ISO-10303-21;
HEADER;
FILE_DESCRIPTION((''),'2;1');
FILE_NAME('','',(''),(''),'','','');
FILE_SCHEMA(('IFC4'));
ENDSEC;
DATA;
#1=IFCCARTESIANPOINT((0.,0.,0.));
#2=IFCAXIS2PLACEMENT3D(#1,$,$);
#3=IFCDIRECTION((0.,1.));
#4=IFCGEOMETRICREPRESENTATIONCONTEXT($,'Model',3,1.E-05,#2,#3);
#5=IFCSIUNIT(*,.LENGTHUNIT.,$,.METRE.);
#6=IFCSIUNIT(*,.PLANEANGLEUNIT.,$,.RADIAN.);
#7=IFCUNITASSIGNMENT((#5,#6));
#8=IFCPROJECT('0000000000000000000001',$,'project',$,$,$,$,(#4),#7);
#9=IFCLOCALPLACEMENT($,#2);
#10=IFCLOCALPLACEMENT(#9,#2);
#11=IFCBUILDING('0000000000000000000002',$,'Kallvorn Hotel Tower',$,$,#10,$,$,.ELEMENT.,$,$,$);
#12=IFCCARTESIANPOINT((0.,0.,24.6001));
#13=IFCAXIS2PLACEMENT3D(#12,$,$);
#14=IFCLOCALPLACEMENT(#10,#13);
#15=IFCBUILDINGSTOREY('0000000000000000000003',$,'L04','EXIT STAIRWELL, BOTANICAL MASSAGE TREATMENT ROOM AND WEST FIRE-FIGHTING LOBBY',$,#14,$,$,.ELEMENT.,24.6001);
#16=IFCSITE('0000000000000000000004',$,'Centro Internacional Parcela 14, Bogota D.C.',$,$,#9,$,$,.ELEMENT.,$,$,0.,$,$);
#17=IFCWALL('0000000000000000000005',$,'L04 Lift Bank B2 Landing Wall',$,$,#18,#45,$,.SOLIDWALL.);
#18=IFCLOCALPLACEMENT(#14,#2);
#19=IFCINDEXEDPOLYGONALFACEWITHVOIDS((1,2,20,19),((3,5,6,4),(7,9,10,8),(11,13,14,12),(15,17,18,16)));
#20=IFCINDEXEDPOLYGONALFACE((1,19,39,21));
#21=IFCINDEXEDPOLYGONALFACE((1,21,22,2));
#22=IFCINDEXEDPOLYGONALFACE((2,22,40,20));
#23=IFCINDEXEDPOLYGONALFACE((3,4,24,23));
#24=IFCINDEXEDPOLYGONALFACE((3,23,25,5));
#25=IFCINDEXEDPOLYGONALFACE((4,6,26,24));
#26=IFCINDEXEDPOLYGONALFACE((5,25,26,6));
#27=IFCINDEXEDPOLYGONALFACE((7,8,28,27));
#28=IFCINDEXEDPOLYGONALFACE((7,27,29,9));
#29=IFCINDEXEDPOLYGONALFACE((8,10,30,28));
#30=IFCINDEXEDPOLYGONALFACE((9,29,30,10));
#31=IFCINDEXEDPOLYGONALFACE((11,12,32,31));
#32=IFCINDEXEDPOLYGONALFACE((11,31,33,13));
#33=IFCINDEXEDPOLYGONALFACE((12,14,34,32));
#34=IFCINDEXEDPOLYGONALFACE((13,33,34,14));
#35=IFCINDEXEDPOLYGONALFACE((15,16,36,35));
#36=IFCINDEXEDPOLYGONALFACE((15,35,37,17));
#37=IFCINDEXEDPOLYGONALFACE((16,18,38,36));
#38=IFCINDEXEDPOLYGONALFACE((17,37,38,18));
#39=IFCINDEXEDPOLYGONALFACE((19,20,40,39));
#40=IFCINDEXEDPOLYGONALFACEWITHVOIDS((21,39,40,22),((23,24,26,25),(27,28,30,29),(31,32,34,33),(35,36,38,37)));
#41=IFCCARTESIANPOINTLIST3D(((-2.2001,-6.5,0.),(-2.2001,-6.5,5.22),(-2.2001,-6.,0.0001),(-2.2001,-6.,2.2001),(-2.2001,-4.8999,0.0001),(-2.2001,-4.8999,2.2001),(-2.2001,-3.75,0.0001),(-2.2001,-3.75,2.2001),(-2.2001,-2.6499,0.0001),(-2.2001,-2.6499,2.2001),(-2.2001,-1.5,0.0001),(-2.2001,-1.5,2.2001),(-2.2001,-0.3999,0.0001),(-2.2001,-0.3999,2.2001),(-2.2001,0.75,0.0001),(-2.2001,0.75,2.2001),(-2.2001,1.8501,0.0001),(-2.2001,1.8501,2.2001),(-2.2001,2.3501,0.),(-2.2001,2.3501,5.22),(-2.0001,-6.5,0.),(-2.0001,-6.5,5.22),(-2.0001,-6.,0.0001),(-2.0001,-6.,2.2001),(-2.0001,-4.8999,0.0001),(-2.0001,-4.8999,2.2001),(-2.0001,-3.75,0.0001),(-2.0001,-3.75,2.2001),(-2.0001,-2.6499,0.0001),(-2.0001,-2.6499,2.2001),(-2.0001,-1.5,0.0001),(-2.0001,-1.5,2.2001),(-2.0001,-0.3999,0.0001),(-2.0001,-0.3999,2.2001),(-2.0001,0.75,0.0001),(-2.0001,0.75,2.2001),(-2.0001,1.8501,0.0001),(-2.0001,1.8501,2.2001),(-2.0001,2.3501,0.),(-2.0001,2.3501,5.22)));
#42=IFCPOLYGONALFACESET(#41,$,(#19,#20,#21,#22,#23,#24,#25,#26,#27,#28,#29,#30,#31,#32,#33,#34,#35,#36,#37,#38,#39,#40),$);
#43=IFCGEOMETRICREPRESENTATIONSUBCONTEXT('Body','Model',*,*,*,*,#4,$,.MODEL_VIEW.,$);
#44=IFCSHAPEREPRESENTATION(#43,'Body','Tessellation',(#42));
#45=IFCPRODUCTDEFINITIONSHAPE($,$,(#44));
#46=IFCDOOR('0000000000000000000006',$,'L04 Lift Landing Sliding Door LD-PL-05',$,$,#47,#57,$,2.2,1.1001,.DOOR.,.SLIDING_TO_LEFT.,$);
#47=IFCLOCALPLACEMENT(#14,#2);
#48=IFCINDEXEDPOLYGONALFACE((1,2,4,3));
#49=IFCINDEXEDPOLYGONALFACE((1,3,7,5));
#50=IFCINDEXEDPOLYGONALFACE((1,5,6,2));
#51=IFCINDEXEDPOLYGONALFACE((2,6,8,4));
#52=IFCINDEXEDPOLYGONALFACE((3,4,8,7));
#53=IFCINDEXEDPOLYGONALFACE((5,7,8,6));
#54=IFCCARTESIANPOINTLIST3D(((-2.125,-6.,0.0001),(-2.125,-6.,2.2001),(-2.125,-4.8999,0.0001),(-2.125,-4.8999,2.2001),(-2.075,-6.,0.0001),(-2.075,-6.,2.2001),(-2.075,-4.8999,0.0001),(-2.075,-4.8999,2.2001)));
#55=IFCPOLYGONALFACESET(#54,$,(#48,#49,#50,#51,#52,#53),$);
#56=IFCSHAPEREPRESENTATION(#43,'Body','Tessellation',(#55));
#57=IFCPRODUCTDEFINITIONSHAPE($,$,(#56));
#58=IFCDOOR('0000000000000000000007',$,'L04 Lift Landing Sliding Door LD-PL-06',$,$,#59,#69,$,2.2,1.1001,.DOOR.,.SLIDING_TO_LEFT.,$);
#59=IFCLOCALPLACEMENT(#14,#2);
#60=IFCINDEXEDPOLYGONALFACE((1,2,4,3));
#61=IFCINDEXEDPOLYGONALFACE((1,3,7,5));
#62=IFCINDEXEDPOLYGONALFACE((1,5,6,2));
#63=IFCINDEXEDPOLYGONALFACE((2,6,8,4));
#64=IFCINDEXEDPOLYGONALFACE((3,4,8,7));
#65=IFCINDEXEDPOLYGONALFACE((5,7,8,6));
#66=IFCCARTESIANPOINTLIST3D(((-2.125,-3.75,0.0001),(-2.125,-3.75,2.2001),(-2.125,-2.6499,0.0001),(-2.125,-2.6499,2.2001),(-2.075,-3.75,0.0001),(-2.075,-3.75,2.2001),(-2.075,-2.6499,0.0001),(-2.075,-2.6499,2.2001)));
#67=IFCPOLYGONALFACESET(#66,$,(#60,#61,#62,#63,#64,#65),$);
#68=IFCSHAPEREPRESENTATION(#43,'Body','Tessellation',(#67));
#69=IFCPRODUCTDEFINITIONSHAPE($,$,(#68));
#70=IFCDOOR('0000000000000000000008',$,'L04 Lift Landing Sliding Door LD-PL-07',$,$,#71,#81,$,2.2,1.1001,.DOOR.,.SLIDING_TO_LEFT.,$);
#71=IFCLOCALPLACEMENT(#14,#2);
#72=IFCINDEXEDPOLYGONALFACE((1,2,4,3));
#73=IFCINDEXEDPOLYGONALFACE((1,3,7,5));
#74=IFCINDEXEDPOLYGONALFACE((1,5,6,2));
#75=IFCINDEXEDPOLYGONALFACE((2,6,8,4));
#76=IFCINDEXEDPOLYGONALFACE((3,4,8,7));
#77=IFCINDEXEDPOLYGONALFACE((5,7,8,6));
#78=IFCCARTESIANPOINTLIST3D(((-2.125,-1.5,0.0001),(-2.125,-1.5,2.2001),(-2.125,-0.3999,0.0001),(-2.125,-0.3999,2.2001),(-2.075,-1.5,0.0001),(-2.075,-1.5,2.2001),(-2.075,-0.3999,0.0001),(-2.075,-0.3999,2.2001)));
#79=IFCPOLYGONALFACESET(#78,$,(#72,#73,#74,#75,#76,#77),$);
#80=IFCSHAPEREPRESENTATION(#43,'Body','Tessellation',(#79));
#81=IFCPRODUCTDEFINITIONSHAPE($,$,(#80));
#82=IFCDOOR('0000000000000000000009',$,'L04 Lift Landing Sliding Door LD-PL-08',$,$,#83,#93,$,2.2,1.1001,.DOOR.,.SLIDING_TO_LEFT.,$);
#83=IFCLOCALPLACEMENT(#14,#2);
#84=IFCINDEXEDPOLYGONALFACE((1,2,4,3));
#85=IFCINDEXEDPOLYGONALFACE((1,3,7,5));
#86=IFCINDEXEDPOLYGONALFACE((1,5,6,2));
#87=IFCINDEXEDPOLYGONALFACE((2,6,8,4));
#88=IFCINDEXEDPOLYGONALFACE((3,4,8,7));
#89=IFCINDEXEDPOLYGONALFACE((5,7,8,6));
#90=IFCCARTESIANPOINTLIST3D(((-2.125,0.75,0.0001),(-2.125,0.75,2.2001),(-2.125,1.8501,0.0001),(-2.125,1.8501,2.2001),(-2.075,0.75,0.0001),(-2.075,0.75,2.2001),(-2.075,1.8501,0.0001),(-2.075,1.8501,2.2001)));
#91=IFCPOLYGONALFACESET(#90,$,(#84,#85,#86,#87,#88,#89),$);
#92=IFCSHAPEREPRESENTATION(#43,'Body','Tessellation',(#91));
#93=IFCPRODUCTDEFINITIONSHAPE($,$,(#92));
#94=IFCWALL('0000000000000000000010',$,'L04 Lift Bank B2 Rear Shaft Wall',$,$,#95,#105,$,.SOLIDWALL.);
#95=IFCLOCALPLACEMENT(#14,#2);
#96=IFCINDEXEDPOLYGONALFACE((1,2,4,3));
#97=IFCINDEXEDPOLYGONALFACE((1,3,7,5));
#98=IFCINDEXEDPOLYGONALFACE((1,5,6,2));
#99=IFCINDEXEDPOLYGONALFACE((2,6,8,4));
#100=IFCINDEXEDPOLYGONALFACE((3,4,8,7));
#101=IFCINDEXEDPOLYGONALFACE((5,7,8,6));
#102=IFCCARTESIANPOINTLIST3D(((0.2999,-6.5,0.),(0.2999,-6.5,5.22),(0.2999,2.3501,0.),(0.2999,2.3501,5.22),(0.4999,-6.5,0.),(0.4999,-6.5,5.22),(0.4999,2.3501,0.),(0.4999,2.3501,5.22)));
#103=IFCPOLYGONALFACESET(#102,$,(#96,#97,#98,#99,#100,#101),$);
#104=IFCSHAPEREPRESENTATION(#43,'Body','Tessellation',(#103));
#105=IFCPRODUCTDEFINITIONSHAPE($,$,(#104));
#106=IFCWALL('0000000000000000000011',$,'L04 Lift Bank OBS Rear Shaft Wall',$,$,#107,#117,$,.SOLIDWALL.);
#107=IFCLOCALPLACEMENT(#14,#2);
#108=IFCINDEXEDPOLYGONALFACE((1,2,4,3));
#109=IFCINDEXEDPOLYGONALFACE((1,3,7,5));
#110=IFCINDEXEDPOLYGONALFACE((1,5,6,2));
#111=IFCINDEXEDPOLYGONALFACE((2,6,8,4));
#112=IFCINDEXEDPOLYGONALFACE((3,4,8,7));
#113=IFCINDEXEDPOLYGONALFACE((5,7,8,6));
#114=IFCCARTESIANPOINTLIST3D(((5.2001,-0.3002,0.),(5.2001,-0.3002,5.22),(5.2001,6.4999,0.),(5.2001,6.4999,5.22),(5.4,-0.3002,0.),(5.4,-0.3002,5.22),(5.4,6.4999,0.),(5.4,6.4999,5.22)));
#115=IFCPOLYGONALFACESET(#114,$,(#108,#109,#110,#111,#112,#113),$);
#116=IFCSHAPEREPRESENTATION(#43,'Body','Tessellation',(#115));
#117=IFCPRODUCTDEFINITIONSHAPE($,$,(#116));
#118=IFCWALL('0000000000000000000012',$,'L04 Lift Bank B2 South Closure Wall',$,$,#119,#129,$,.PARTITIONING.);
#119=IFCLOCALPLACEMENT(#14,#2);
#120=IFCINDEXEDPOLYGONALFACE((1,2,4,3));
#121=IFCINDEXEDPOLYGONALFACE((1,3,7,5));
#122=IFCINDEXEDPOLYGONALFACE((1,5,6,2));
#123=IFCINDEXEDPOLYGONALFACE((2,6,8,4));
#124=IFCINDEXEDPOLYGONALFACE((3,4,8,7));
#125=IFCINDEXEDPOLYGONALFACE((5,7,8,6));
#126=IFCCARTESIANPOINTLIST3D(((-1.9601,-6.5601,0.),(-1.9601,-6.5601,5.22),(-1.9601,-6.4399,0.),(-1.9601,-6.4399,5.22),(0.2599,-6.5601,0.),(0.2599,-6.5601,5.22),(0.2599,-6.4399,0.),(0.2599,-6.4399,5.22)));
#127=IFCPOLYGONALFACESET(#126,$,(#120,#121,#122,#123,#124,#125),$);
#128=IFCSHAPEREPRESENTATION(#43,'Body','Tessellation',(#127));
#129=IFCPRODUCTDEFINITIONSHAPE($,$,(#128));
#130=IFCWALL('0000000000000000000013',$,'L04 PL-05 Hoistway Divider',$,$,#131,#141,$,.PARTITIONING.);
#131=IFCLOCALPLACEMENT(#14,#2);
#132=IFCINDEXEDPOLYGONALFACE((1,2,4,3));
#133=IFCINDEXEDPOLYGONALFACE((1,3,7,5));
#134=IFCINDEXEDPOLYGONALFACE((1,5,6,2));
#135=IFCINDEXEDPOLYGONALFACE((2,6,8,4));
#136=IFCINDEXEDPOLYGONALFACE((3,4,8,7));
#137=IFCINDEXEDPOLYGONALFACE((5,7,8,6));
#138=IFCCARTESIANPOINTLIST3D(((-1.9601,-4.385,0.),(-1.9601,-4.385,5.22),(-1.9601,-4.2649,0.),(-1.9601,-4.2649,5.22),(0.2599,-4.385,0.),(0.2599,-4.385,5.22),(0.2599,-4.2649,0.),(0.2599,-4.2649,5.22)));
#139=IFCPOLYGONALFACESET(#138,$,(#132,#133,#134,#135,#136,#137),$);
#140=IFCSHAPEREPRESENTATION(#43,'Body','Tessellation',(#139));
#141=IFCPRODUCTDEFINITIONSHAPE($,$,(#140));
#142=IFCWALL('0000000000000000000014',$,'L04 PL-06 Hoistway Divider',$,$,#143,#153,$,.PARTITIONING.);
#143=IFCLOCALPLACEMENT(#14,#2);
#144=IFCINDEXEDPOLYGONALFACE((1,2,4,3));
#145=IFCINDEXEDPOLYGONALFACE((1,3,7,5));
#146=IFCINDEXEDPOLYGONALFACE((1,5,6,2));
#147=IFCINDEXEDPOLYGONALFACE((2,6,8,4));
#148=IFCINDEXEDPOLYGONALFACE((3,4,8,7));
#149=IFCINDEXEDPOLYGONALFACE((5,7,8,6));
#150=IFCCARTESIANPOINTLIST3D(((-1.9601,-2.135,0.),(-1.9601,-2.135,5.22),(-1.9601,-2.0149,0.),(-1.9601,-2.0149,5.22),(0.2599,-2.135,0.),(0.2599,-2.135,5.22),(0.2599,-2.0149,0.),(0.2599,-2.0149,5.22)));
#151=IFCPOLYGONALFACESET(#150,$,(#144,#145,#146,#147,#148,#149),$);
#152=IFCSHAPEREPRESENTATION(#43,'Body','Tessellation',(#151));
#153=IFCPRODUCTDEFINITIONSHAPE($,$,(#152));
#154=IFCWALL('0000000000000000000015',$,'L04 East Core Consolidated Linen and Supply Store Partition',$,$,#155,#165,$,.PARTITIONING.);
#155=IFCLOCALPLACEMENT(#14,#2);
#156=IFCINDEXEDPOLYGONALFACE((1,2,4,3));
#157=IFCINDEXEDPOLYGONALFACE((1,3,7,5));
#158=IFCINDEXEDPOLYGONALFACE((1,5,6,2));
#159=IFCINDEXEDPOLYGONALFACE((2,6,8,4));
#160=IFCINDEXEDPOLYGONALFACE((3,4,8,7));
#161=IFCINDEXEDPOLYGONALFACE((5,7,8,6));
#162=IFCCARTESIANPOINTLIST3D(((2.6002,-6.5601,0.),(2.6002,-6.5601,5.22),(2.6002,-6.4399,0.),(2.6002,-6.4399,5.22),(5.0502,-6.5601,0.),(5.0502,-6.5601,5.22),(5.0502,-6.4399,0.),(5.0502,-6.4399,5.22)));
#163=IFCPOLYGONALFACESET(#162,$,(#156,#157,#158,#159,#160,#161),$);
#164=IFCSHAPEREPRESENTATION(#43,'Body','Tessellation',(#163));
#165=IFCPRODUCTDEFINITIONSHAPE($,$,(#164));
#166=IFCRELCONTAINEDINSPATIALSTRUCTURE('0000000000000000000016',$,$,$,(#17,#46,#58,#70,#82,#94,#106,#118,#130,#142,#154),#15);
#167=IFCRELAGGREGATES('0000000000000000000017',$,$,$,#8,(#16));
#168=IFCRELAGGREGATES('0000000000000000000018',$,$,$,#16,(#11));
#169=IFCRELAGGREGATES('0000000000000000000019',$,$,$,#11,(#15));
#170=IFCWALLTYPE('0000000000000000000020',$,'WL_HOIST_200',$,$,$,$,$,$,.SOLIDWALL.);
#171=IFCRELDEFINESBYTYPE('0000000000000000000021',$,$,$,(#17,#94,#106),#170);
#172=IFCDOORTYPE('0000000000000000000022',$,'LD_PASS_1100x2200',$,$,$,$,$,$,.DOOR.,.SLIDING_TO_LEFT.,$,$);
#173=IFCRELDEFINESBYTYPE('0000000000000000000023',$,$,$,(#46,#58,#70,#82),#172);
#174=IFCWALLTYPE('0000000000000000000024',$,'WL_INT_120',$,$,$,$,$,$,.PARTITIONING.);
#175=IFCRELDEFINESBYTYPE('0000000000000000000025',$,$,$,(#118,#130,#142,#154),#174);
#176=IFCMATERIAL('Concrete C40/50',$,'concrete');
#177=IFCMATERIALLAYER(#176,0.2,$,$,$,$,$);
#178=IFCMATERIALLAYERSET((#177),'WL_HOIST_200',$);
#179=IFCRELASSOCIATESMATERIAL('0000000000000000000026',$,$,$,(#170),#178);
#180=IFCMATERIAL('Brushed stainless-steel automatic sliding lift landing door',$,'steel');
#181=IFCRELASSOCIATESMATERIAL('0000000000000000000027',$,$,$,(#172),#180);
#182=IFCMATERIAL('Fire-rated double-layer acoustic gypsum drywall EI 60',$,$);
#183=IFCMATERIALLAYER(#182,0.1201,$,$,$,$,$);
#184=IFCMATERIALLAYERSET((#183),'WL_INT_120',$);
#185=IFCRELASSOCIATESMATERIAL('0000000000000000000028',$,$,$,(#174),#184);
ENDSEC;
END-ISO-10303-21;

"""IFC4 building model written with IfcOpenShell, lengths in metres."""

from ifc_helpers import new_model, si_unit, direction, frame, frame_2d, origin, place, context, subcontext, project, spatial, rectangle, extrude, material, layer, layer_set, type_object, element, fill, save


model = new_model("IFC4")

# Units and contexts
model_context = context("Model", 3, precision=1e-05, world=origin(), true_north=direction((0.0, 1.0)))
body_context = subcontext(model_context, "Body", "Model", "MODEL_VIEW")
ifc_project = project(units=[si_unit("LENGTHUNIT", "METRE"), si_unit("PLANEANGLEUNIT", "RADIAN")], contexts=[model_context])

# Site, building, storey
site_placement = place(None, origin())
site = spatial("IfcSite", under=ifc_project, at=site_placement, Name="Centro Internacional Parcela 14, Bogota D.C.", CompositionType="ELEMENT", RefElevation=0.0)
building_placement = place(site_placement, origin())
building = spatial("IfcBuilding", under=site, at=building_placement, Name="Kallvorn Hotel Tower", CompositionType="ELEMENT")
storey_placement = place(building_placement, frame((0.0, 0.0, 24.6001)))
storey = spatial("IfcBuildingStorey", under=building, at=storey_placement, Name="L04", Description="EXIT STAIRWELL, BOTANICAL MASSAGE TREATMENT ROOM AND WEST FIRE-FIGHTING LOBBY", CompositionType="ELEMENT", Elevation=24.6001)

# Wall, openings, doors
ifc_material_1 = material(Name="Concrete C40/50", Category="concrete")
ifc_layer_1 = layer(ifc_material_1, 0.2)
ifc_layer_set_1 = layer_set([ifc_layer_1], Name="WL_HOIST_200")
wall_type_1 = type_object("IfcWallType", Name="WL_HOIST_200", PredefinedType="SOLIDWALL", material=ifc_layer_set_1)
wall_1_placement = place(storey_placement, frame((-2.1001, -6.5, 0.0), z_axis=(0.0, 0.0, 1.0), x_axis=(0.0, 1.0, 0.0)))
wall_1 = element("IfcWall", 1, at=wall_1_placement, inside=storey, type_object=wall_type_1, Name="L04 Lift Bank B2 Landing Wall", PredefinedType="SOLIDWALL", context=body_context, shape_type="SweptSolid", body=[
    extrude(rectangle(XDim=8.8501, YDim=0.2, at=frame_2d((4.425, 0.0))), origin(), (0.0, 0.0, 1.0), 5.22),
])
opening_1_placement = place(wall_1_placement, frame((0.5, 0.0, 0.0)))
opening_1 = element("IfcOpeningElement", 2, at=opening_1_placement, cuts=wall_1, PredefinedType="OPENING", context=body_context, shape_type="SweptSolid", body=[
    extrude(rectangle(XDim=1.1001, YDim=2.2, at=frame_2d((0.55, 1.1001))), frame((0.0, 0.115, 0.0), z_axis=(0.0, -1.0, 0.0), x_axis=(1.0, 0.0, 0.0)), (0.0, 0.0, 1.0), 0.23),
])
opening_2_placement = place(wall_1_placement, frame((2.75, 0.0, 0.0)))
opening_2 = element("IfcOpeningElement", 3, at=opening_2_placement, cuts=wall_1, PredefinedType="OPENING", context=body_context, shape_type="SweptSolid", body=[
    extrude(rectangle(XDim=1.1001, YDim=2.2, at=frame_2d((0.55, 1.1001))), frame((0.0, 0.115, 0.0), z_axis=(0.0, -1.0, 0.0), x_axis=(1.0, 0.0, 0.0)), (0.0, 0.0, 1.0), 0.23),
])
opening_3_placement = place(wall_1_placement, frame((5.0, 0.0, 0.0)))
opening_3 = element("IfcOpeningElement", 4, at=opening_3_placement, cuts=wall_1, PredefinedType="OPENING", context=body_context, shape_type="SweptSolid", body=[
    extrude(rectangle(XDim=1.1001, YDim=2.2, at=frame_2d((0.55, 1.1001))), frame((0.0, 0.115, 0.0), z_axis=(0.0, -1.0, 0.0), x_axis=(1.0, 0.0, 0.0)), (0.0, 0.0, 1.0), 0.23),
])
opening_4_placement = place(wall_1_placement, frame((7.25, 0.0, 0.0)))
opening_4 = element("IfcOpeningElement", 5, at=opening_4_placement, cuts=wall_1, PredefinedType="OPENING", context=body_context, shape_type="SweptSolid", body=[
    extrude(rectangle(XDim=1.1001, YDim=2.2, at=frame_2d((0.55, 1.1001))), frame((0.0, 0.115, 0.0), z_axis=(0.0, -1.0, 0.0), x_axis=(1.0, 0.0, 0.0)), (0.0, 0.0, 1.0), 0.23),
])
ifc_material_2 = material(Name="Brushed stainless-steel automatic sliding lift landing door", Category="steel")
door_type_1 = type_object("IfcDoorType", Name="LD_PASS_1100x2200", OperationType="SLIDING_TO_LEFT", PredefinedType="DOOR", material=ifc_material_2)
door_1_placement = place(opening_1_placement, origin())
door_1 = element("IfcDoor", 6, at=door_1_placement, inside=storey, type_object=door_type_1, Name="L04 Lift Landing Sliding Door LD-PL-05", OperationType="SLIDING_TO_LEFT", OverallHeight=2.2, OverallWidth=1.1001, PredefinedType="DOOR", context=body_context, shape_type="SweptSolid", body=[
    extrude(rectangle(XDim=1.1001, YDim=2.2, at=frame_2d((0.55, 1.1001))), frame((0.0, 0.0249, 0.0), z_axis=(0.0, -1.0, 0.0), x_axis=(1.0, 0.0, 0.0)), (0.0, 0.0, 1.0), 0.05),
])
fill(opening_1, door_1)
door_2_placement = place(opening_2_placement, origin())
door_2 = element("IfcDoor", 7, at=door_2_placement, inside=storey, type_object=door_type_1, Name="L04 Lift Landing Sliding Door LD-PL-06", OperationType="SLIDING_TO_LEFT", OverallHeight=2.2, OverallWidth=1.1001, PredefinedType="DOOR", context=body_context, shape_type="SweptSolid", body=[
    extrude(rectangle(XDim=1.1001, YDim=2.2, at=frame_2d((0.55, 1.1001))), frame((0.0, 0.0249, 0.0), z_axis=(0.0, -1.0, 0.0), x_axis=(1.0, 0.0, 0.0)), (0.0, 0.0, 1.0), 0.05),
])
fill(opening_2, door_2)
door_3_placement = place(opening_3_placement, origin())
door_3 = element("IfcDoor", 8, at=door_3_placement, inside=storey, type_object=door_type_1, Name="L04 Lift Landing Sliding Door LD-PL-07", OperationType="SLIDING_TO_LEFT", OverallHeight=2.2, OverallWidth=1.1001, PredefinedType="DOOR", context=body_context, shape_type="SweptSolid", body=[
    extrude(rectangle(XDim=1.1001, YDim=2.2, at=frame_2d((0.55, 1.1001))), frame((0.0, 0.0249, 0.0), z_axis=(0.0, -1.0, 0.0), x_axis=(1.0, 0.0, 0.0)), (0.0, 0.0, 1.0), 0.05),
])
fill(opening_3, door_3)
door_4_placement = place(opening_4_placement, origin())
door_4 = element("IfcDoor", 9, at=door_4_placement, inside=storey, type_object=door_type_1, Name="L04 Lift Landing Sliding Door LD-PL-08", OperationType="SLIDING_TO_LEFT", OverallHeight=2.2, OverallWidth=1.1001, PredefinedType="DOOR", context=body_context, shape_type="SweptSolid", body=[
    extrude(rectangle(XDim=1.1001, YDim=2.2, at=frame_2d((0.55, 1.1001))), frame((0.0, 0.0249, 0.0), z_axis=(0.0, -1.0, 0.0), x_axis=(1.0, 0.0, 0.0)), (0.0, 0.0, 1.0), 0.05),
])
fill(opening_4, door_4)

# Walls
wall_2_placement = place(storey_placement, frame((0.3999, -6.5, 0.0), z_axis=(0.0, 0.0, 1.0), x_axis=(0.0, 1.0, 0.0)))
element("IfcWall", 10, at=wall_2_placement, inside=storey, type_object=wall_type_1, Name="L04 Lift Bank B2 Rear Shaft Wall", PredefinedType="SOLIDWALL", context=body_context, shape_type="SweptSolid", body=[
    extrude(rectangle(XDim=8.8501, YDim=0.2, at=frame_2d((4.425, 0.0))), origin(), (0.0, 0.0, 1.0), 5.22),
])
wall_3_placement = place(storey_placement, frame((5.3, -0.3, 0.0), z_axis=(0.0, 0.0, 1.0), x_axis=(0.0, 1.0, 0.0)))
element("IfcWall", 11, at=wall_3_placement, inside=storey, type_object=wall_type_1, Name="L04 Lift Bank OBS Rear Shaft Wall", PredefinedType="SOLIDWALL", context=body_context, shape_type="SweptSolid", body=[
    extrude(rectangle(XDim=6.8, YDim=0.2, at=frame_2d((3.3999, 0.0))), origin(), (0.0, 0.0, 1.0), 5.22),
])
ifc_material_3 = material(Name="Fire-rated double-layer acoustic gypsum drywall EI 60")
ifc_layer_2 = layer(ifc_material_3, 0.1201)
ifc_layer_set_2 = layer_set([ifc_layer_2], Name="WL_INT_120")
wall_type_2 = type_object("IfcWallType", Name="WL_INT_120", PredefinedType="PARTITIONING", material=ifc_layer_set_2)
for number, where, z_axis, x_axis, name in (
    (12, (-1.96, -6.5, 0.0), (0.0, 0.0, 1.0), (1.0, 0.0, 0.0), "L04 Lift Bank B2 South Closure Wall"),
    (13, (-1.96, -4.325, 0.0), (0.0, 0.0, 1.0), (1.0, 0.0, 0.0), "L04 PL-05 Hoistway Divider"),
    (14, (-1.96, -2.075, 0.0), (0.0, 0.0, 1.0), (1.0, 0.0, 0.0), "L04 PL-06 Hoistway Divider"),
):
    element("IfcWall", number, at=place(storey_placement, frame(where, z_axis=z_axis, x_axis=x_axis)), inside=storey, type_object=wall_type_2, Name=name, PredefinedType="PARTITIONING", context=body_context, shape_type="SweptSolid", body=[
        extrude(rectangle(XDim=2.22, YDim=0.1201, at=frame_2d((1.1099, 0.0))), origin(), (0.0, 0.0, 1.0), 5.22),
    ])
wall_4_placement = place(storey_placement, frame((2.6001, -6.5, 0.0), z_axis=(0.0, 0.0, 1.0), x_axis=(1.0, 0.0, 0.0)))
element("IfcWall", 15, at=wall_4_placement, inside=storey, type_object=wall_type_2, Name="L04 East Core Consolidated Linen and Supply Store Partition", PredefinedType="PARTITIONING", context=body_context, shape_type="SweptSolid", body=[
    extrude(rectangle(XDim=2.45, YDim=0.1201, at=frame_2d((1.2251, 0.0))), origin(), (0.0, 0.0, 1.0), 5.22),
])

save(model, "model.ifc")
